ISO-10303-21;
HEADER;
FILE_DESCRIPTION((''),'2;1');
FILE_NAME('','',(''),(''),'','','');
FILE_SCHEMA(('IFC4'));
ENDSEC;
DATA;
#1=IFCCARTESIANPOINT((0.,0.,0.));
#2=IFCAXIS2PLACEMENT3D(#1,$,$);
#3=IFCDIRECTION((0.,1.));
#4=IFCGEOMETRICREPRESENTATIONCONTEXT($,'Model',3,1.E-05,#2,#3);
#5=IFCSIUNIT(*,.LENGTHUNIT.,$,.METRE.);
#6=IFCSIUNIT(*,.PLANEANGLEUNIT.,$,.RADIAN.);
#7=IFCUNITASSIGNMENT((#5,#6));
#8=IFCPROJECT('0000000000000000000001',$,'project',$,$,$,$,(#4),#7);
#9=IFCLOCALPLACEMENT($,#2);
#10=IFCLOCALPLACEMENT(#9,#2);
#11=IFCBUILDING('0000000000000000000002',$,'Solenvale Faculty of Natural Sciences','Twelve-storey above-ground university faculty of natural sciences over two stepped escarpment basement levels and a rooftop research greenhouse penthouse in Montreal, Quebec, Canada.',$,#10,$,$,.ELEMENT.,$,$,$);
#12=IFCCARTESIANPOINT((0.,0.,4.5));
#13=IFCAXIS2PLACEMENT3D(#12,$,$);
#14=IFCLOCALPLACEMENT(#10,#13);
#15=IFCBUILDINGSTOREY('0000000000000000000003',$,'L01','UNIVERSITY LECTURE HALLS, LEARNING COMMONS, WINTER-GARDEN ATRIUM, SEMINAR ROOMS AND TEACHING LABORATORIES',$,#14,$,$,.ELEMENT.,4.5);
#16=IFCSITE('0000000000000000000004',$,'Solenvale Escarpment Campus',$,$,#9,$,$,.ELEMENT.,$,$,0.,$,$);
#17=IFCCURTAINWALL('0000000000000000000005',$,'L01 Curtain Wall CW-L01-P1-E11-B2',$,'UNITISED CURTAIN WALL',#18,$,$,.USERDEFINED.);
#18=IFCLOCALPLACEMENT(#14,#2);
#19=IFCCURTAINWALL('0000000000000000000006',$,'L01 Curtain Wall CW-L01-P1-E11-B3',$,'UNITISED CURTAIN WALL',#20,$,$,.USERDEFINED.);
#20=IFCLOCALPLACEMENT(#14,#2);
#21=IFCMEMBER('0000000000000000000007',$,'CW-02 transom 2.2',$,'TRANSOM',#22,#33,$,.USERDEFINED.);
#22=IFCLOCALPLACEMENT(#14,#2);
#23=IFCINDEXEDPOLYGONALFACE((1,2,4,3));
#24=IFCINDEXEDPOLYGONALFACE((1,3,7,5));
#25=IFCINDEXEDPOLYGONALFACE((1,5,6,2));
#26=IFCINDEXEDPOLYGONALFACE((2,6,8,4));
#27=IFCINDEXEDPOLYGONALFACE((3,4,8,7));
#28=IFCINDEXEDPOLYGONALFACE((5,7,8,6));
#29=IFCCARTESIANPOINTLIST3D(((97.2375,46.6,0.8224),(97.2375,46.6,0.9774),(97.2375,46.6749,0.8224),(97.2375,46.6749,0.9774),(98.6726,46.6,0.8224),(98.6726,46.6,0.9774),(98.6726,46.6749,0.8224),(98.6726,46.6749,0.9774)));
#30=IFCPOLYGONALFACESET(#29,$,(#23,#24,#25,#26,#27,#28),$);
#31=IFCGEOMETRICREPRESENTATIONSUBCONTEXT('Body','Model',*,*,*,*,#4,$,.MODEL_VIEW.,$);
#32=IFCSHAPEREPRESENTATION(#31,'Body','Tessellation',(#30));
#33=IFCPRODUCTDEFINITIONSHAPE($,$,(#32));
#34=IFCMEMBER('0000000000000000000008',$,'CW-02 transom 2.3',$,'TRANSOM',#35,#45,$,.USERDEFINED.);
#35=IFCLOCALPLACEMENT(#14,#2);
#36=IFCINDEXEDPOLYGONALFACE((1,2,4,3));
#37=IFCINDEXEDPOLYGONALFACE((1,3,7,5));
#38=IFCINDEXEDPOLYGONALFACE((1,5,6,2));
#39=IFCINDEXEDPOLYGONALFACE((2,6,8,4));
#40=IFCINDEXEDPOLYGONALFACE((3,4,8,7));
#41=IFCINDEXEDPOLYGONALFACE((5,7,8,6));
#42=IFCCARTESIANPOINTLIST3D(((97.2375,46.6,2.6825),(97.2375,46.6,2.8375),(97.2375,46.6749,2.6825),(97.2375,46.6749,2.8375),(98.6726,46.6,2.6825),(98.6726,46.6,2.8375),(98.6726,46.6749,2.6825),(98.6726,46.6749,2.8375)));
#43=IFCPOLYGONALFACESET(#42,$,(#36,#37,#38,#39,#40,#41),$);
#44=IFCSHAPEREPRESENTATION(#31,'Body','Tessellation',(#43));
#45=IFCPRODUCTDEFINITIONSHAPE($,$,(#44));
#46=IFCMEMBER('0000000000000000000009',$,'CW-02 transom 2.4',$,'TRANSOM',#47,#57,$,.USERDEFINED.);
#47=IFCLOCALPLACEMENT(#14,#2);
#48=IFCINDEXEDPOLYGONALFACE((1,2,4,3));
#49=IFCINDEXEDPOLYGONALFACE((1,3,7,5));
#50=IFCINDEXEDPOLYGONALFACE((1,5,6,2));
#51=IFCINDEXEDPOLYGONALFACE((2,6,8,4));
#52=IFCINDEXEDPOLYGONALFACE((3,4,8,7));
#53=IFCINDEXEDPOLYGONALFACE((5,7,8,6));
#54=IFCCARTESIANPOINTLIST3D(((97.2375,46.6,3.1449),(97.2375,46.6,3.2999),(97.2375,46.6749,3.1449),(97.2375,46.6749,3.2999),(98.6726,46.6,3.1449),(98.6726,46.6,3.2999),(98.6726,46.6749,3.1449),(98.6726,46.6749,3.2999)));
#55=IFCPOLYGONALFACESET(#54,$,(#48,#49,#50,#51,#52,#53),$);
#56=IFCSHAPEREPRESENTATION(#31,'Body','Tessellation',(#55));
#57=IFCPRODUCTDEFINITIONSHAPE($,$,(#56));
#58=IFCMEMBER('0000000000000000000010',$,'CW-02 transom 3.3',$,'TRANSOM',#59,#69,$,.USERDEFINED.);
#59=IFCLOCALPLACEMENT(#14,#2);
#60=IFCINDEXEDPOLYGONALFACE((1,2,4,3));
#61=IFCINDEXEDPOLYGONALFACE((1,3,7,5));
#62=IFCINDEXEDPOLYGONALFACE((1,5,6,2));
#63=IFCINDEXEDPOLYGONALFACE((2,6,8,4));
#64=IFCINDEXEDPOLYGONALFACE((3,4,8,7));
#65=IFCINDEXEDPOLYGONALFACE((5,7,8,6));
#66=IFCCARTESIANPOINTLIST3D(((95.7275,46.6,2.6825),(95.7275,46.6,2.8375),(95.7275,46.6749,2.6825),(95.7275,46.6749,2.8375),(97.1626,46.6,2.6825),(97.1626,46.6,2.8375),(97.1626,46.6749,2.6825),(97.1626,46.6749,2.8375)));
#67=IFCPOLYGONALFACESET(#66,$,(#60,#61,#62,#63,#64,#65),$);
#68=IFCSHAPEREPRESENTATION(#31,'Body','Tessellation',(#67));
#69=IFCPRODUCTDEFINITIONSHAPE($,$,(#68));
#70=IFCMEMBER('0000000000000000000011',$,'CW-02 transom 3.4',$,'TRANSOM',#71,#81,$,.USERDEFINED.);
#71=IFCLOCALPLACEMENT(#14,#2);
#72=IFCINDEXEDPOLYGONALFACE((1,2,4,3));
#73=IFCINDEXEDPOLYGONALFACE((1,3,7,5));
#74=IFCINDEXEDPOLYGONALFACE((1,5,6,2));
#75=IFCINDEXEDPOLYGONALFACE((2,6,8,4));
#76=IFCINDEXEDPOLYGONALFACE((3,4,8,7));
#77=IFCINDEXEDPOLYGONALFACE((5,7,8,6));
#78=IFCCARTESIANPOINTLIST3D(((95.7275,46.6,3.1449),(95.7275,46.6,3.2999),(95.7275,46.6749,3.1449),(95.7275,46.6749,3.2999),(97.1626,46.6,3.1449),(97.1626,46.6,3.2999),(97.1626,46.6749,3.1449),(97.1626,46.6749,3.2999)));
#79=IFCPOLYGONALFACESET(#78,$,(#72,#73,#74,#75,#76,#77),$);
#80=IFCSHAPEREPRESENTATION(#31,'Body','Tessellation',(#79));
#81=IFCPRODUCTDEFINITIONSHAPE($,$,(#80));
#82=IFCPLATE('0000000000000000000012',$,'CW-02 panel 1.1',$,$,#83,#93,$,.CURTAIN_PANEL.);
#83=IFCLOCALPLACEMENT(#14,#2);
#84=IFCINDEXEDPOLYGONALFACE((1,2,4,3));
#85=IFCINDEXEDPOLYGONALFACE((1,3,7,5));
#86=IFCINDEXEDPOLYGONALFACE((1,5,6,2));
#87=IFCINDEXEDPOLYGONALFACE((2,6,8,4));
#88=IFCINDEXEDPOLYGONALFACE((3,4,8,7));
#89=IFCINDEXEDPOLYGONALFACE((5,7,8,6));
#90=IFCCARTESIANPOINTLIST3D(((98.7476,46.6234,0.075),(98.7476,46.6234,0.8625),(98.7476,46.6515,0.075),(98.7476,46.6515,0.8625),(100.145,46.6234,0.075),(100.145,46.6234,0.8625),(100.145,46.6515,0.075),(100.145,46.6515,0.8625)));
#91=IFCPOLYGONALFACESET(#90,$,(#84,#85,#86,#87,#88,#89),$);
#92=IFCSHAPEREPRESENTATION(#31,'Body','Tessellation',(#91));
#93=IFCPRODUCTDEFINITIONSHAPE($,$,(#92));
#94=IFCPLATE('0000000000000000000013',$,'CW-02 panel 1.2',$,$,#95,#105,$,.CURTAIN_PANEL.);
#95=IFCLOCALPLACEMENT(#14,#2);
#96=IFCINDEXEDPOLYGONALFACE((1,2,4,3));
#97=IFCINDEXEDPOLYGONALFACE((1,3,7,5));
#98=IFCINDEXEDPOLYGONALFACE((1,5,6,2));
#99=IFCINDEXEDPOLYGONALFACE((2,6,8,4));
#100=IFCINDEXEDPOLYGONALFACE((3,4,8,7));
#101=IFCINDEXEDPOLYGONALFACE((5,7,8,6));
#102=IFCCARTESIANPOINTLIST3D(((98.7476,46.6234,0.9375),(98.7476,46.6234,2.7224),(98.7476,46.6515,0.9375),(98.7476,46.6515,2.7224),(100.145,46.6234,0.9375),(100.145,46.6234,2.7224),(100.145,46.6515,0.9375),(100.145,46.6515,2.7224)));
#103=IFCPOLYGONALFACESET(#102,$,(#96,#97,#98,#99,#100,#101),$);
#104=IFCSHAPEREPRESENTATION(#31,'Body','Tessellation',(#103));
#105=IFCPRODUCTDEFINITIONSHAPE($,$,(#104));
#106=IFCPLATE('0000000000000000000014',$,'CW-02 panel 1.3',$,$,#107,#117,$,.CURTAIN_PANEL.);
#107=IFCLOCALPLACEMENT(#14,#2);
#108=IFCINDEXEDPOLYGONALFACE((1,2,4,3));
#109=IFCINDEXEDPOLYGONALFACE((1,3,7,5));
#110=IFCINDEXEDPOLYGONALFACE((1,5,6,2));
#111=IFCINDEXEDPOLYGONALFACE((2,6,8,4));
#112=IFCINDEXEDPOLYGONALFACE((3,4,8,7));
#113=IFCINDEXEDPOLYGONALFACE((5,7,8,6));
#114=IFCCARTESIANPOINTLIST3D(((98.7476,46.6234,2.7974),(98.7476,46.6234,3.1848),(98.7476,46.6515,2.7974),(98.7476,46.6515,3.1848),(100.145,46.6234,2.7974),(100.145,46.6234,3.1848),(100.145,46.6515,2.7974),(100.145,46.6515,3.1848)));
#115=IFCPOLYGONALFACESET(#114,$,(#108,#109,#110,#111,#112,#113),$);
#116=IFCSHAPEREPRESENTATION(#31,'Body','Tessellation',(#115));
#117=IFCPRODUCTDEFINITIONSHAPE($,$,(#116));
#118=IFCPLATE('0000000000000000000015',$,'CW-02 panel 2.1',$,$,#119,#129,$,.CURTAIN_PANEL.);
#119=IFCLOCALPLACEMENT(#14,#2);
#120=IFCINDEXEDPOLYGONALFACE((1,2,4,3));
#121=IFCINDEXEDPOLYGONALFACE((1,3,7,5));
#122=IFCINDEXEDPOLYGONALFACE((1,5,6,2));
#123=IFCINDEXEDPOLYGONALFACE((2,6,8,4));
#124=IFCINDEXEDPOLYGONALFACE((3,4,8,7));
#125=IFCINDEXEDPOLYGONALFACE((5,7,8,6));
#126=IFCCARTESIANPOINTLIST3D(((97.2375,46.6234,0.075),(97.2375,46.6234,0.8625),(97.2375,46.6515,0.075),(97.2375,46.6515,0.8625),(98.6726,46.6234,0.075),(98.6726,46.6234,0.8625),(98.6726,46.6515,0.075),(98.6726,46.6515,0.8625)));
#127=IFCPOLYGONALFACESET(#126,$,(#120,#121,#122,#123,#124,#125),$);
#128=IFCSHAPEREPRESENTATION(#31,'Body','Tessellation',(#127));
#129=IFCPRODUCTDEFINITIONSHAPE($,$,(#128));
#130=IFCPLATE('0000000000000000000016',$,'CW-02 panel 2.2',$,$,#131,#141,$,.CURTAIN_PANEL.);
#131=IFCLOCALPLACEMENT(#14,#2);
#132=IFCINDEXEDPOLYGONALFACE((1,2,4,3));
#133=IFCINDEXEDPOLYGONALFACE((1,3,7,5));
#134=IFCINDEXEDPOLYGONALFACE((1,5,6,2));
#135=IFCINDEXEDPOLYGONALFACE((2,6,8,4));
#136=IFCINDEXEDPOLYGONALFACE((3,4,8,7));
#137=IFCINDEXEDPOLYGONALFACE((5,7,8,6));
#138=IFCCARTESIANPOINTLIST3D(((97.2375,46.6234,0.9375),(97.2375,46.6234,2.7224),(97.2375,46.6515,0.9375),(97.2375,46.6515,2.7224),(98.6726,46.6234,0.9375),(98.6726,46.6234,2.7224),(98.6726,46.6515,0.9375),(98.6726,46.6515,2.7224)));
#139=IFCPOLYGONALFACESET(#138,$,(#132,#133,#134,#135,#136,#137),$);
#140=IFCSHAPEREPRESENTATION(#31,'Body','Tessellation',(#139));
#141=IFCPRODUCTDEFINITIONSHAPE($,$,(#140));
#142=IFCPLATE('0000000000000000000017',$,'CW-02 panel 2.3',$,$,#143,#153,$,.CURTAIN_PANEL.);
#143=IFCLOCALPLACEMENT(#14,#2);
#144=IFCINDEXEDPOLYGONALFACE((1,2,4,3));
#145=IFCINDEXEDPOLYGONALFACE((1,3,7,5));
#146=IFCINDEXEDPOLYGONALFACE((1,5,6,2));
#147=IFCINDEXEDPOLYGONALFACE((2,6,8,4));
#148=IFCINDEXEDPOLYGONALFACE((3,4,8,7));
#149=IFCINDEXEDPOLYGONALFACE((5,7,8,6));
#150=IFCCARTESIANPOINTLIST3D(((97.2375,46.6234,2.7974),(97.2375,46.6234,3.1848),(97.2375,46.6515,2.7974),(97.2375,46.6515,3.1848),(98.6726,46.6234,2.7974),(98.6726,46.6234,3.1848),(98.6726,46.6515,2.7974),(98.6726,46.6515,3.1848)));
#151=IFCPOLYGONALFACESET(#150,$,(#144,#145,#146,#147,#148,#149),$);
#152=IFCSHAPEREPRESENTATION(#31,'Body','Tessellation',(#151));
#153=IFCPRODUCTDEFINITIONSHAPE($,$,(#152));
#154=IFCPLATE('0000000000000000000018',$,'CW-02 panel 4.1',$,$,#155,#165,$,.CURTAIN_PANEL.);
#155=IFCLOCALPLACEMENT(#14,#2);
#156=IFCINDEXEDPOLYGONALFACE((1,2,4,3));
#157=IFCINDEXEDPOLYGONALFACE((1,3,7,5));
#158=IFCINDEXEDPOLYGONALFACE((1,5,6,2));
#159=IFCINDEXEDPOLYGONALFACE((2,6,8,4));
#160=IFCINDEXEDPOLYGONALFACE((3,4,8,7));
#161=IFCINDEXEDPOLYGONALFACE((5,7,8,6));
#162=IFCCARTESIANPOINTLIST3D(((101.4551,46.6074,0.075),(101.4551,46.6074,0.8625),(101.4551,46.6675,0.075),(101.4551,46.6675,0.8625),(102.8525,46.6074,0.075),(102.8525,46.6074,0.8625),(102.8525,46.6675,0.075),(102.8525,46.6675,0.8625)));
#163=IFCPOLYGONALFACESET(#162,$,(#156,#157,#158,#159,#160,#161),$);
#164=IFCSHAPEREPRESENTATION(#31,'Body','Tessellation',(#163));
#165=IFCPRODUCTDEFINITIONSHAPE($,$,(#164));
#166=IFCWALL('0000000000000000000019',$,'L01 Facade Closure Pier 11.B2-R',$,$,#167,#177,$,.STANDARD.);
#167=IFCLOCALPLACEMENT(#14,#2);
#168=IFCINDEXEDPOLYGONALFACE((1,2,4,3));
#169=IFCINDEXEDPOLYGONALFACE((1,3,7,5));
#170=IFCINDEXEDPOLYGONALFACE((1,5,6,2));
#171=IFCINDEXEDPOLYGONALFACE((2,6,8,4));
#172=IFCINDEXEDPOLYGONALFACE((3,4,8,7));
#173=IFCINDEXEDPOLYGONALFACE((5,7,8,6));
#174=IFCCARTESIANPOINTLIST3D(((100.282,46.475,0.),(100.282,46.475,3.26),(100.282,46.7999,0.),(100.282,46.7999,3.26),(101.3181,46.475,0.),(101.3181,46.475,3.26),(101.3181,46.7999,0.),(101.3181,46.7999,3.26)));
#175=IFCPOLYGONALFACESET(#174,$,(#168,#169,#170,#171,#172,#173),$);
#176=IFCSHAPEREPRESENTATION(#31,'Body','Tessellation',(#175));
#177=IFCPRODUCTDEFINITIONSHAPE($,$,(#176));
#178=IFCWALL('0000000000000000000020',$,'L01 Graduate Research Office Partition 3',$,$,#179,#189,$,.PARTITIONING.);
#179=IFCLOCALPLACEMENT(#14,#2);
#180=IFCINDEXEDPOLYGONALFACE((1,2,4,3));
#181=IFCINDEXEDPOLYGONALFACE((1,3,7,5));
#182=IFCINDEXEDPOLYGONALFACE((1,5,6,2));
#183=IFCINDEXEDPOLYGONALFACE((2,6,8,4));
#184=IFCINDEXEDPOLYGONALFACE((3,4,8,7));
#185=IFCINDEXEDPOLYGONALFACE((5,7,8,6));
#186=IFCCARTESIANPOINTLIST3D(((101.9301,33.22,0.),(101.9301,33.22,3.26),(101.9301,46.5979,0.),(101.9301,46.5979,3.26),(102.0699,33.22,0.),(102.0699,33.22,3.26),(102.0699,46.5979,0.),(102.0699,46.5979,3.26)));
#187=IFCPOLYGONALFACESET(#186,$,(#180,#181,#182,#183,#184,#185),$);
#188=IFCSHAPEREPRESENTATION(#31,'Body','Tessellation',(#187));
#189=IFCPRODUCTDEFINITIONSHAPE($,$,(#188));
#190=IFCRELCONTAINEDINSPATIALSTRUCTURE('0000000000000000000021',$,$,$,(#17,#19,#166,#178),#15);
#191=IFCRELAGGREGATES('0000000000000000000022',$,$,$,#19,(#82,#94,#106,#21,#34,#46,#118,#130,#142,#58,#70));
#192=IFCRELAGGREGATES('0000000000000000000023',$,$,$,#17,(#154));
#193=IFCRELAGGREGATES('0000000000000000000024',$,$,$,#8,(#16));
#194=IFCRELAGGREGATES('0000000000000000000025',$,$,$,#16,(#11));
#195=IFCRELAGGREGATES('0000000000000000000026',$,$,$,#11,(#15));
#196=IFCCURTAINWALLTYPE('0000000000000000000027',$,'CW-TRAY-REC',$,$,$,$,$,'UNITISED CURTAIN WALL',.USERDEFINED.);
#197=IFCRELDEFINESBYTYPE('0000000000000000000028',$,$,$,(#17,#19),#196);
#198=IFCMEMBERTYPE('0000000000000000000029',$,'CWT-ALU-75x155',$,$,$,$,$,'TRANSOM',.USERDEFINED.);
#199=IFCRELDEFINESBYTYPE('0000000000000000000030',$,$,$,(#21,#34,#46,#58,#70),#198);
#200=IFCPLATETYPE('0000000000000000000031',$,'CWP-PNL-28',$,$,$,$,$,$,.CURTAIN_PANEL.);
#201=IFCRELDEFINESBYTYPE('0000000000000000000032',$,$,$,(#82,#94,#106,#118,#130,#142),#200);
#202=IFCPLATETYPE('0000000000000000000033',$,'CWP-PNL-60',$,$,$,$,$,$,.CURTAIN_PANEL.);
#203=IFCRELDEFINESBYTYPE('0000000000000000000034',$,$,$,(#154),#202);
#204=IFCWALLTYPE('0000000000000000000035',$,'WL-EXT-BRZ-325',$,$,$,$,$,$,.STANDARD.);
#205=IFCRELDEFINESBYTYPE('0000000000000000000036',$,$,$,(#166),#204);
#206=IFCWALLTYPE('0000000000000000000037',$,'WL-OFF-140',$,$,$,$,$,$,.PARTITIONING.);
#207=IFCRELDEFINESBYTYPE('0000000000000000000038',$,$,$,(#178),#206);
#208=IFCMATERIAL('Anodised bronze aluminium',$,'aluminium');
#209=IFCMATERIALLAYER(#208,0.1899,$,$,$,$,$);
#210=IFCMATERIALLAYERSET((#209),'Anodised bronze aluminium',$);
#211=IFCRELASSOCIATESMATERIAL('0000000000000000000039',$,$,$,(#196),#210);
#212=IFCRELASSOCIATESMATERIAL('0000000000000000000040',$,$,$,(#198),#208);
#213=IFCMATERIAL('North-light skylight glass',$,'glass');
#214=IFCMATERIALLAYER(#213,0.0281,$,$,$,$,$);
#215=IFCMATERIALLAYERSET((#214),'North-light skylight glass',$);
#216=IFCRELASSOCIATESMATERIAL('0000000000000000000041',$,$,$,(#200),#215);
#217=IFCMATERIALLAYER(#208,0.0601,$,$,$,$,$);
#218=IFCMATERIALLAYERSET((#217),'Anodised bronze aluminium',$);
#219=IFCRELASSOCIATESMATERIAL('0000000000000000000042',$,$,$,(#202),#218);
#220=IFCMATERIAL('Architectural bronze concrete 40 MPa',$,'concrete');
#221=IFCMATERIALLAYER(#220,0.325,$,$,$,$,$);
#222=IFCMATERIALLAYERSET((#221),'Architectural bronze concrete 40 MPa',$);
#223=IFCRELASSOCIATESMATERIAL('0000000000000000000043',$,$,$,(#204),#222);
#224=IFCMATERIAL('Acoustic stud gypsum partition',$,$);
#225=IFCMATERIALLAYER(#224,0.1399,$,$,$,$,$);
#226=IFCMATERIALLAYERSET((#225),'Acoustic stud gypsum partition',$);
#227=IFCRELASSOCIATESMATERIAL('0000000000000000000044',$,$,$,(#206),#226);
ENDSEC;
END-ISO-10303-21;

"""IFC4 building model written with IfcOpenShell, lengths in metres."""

from ifc_helpers import new_model, si_unit, direction, frame, frame_2d, origin, origin_2d, place, context, subcontext, project, spatial, rectangle, extrude, material, layer, layer_set, material_profile, profile_set, type_object, element, aggregate, save


model = new_model("IFC4")

# Units and contexts
model_context = context("Model", 3, precision=1e-05, world=origin(), true_north=direction((0.0, 1.0)))
body_context = subcontext(model_context, "Body", "Model", "MODEL_VIEW")
ifc_project = project(units=[si_unit("LENGTHUNIT", "METRE"), si_unit("PLANEANGLEUNIT", "RADIAN")], contexts=[model_context])

# Site, building, storey
site_placement = place(None, origin())
site = spatial("IfcSite", under=ifc_project, at=site_placement, Name="Solenvale Escarpment Campus", CompositionType="ELEMENT", RefElevation=0.0)
building_placement = place(site_placement, origin())
building = spatial("IfcBuilding", under=site, at=building_placement, Name="Solenvale Faculty of Natural Sciences", Description="Twelve-storey above-ground university faculty of natural sciences over two stepped escarpment basement levels and a rooftop research greenhouse penthouse in Montreal, Quebec, Canada.", CompositionType="ELEMENT")
storey_placement = place(building_placement, frame((0.0, 0.0, 4.5)))
storey = spatial("IfcBuildingStorey", under=building, at=storey_placement, Name="L01", Description="UNIVERSITY LECTURE HALLS, LEARNING COMMONS, WINTER-GARDEN ATRIUM, SEMINAR ROOMS AND TEACHING LABORATORIES", CompositionType="ELEMENT", Elevation=4.5)

# Curtain wall
ifc_material_1 = material(Name="Anodised bronze aluminium", Category="aluminium")
ifc_layer_1 = layer(ifc_material_1, 0.1899)
ifc_layer_set_1 = layer_set([ifc_layer_1], Name="Anodised bronze aluminium")
curtain_wall_type = type_object("IfcCurtainWallType", Name="CW-TRAY-REC", ElementType="UNITISED CURTAIN WALL", PredefinedType="USERDEFINED", material=ifc_layer_set_1)
curtain_wall_1_placement = place(storey_placement, origin())
curtain_wall_1 = element("IfcCurtainWall", 1, at=curtain_wall_1_placement, inside=storey, type_object=curtain_wall_type, Name="L01 Curtain Wall CW-L01-P1-E11-B2", ObjectType="UNITISED CURTAIN WALL", PredefinedType="USERDEFINED")

# Curtain wall, members, plates
curtain_wall_2_placement = place(storey_placement, origin())
curtain_wall_2 = element("IfcCurtainWall", 2, at=curtain_wall_2_placement, inside=storey, type_object=curtain_wall_type, Name="L01 Curtain Wall CW-L01-P1-E11-B3", ObjectType="UNITISED CURTAIN WALL", PredefinedType="USERDEFINED")
ifc_material_profile_1 = material_profile(ifc_material_1, rectangle(XDim=0.075, YDim=0.155, at=origin_2d()), Name="ALU-TRN-75x155")
ifc_profile_set_1 = profile_set([ifc_material_profile_1], Name="Anodised bronze aluminium")
member_type_1 = type_object("IfcMemberType", Name="CWT-ALU-75x155", ElementType="TRANSOM", PredefinedType="USERDEFINED", material=ifc_profile_set_1)
member_1_placement = place(storey_placement, frame((98.6726, 46.6375, 0.8999), z_axis=(-1.0, 0.0, 0.0), x_axis=(0.0, -1.0, 0.0)))
member_1 = element("IfcMember", 3, at=member_1_placement, type_object=member_type_1, Name="CW-02 transom 2.2", ObjectType="TRANSOM", PredefinedType="USERDEFINED", context=body_context, shape_type="SweptSolid", body=[
    extrude(rectangle(XDim=0.075, YDim=0.155, at=origin_2d()), origin(), (0.0, 0.0, 1.0), 1.4351),
])
member_2_placement = place(storey_placement, frame((98.6726, 46.6375, 2.76), z_axis=(-1.0, 0.0, 0.0), x_axis=(0.0, -1.0, 0.0)))
member_2 = element("IfcMember", 4, at=member_2_placement, type_object=member_type_1, Name="CW-02 transom 2.3", ObjectType="TRANSOM", PredefinedType="USERDEFINED", context=body_context, shape_type="SweptSolid", body=[
    extrude(rectangle(XDim=0.075, YDim=0.155, at=origin_2d()), origin(), (0.0, 0.0, 1.0), 1.4351),
])
member_3_placement = place(storey_placement, frame((98.6726, 46.6375, 3.2224), z_axis=(-1.0, 0.0, 0.0), x_axis=(0.0, -1.0, 0.0)))
member_3 = element("IfcMember", 5, at=member_3_placement, type_object=member_type_1, Name="CW-02 transom 2.4", ObjectType="TRANSOM", PredefinedType="USERDEFINED", context=body_context, shape_type="SweptSolid", body=[
    extrude(rectangle(XDim=0.075, YDim=0.155, at=origin_2d()), origin(), (0.0, 0.0, 1.0), 1.4351),
])
member_4_placement = place(storey_placement, frame((97.1626, 46.6375, 2.76), z_axis=(-1.0, 0.0, 0.0), x_axis=(0.0, -1.0, 0.0)))
member_4 = element("IfcMember", 6, at=member_4_placement, type_object=member_type_1, Name="CW-02 transom 3.3", ObjectType="TRANSOM", PredefinedType="USERDEFINED", context=body_context, shape_type="SweptSolid", body=[
    extrude(rectangle(XDim=0.075, YDim=0.155, at=origin_2d()), origin(), (0.0, 0.0, 1.0), 1.4351),
])
member_5_placement = place(storey_placement, frame((97.1626, 46.6375, 3.2224), z_axis=(-1.0, 0.0, 0.0), x_axis=(0.0, -1.0, 0.0)))
member_5 = element("IfcMember", 7, at=member_5_placement, type_object=member_type_1, Name="CW-02 transom 3.4", ObjectType="TRANSOM", PredefinedType="USERDEFINED", context=body_context, shape_type="SweptSolid", body=[
    extrude(rectangle(XDim=0.075, YDim=0.155, at=origin_2d()), origin(), (0.0, 0.0, 1.0), 1.4351),
])
ifc_material_2 = material(Name="North-light skylight glass", Category="glass")
ifc_layer_2 = layer(ifc_material_2, 0.0281)
ifc_layer_set_2 = layer_set([ifc_layer_2], Name="North-light skylight glass")
plate_type_1 = type_object("IfcPlateType", Name="CWP-PNL-28", PredefinedType="CURTAIN_PANEL", material=ifc_layer_set_2)
plate_1_placement = place(storey_placement, frame((99.4463, 46.6375, 0.075), z_axis=(0.0, 0.0, 1.0), x_axis=(-1.0, 0.0, 0.0)))
plate_1 = element("IfcPlate", 8, at=plate_1_placement, type_object=plate_type_1, Name="CW-02 panel 1.1", PredefinedType="CURTAIN_PANEL", context=body_context, shape_type="SweptSolid", body=[
    extrude(rectangle(XDim=1.3975, YDim=0.0281, at=origin_2d()), origin(), (0.0, 0.0, 1.0), 0.7876),
])
plate_2_placement = place(storey_placement, frame((99.4463, 46.6375, 0.9375), z_axis=(0.0, 0.0, 1.0), x_axis=(-1.0, 0.0, 0.0)))
plate_2 = element("IfcPlate", 9, at=plate_2_placement, type_object=plate_type_1, Name="CW-02 panel 1.2", PredefinedType="CURTAIN_PANEL", context=body_context, shape_type="SweptSolid", body=[
    extrude(rectangle(XDim=1.3975, YDim=0.0281, at=origin_2d()), origin(), (0.0, 0.0, 1.0), 1.7849),
])
plate_3_placement = place(storey_placement, frame((99.4463, 46.6375, 2.7974), z_axis=(0.0, 0.0, 1.0), x_axis=(-1.0, 0.0, 0.0)))
plate_3 = element("IfcPlate", 10, at=plate_3_placement, type_object=plate_type_1, Name="CW-02 panel 1.3", PredefinedType="CURTAIN_PANEL", context=body_context, shape_type="SweptSolid", body=[
    extrude(rectangle(XDim=1.3975, YDim=0.0281, at=origin_2d()), origin(), (0.0, 0.0, 1.0), 0.3875),
])
plate_4_placement = place(storey_placement, frame((97.9551, 46.6375, 0.075), z_axis=(0.0, 0.0, 1.0), x_axis=(-1.0, 0.0, 0.0)))
plate_4 = element("IfcPlate", 11, at=plate_4_placement, type_object=plate_type_1, Name="CW-02 panel 2.1", PredefinedType="CURTAIN_PANEL", context=body_context, shape_type="SweptSolid", body=[
    extrude(rectangle(XDim=1.4351, YDim=0.0281, at=origin_2d()), origin(), (0.0, 0.0, 1.0), 0.7876),
])
plate_5_placement = place(storey_placement, frame((97.9551, 46.6375, 0.9375), z_axis=(0.0, 0.0, 1.0), x_axis=(-1.0, 0.0, 0.0)))
plate_5 = element("IfcPlate", 12, at=plate_5_placement, type_object=plate_type_1, Name="CW-02 panel 2.2", PredefinedType="CURTAIN_PANEL", context=body_context, shape_type="SweptSolid", body=[
    extrude(rectangle(XDim=1.4351, YDim=0.0281, at=origin_2d()), origin(), (0.0, 0.0, 1.0), 1.7849),
])
plate_6_placement = place(storey_placement, frame((97.9551, 46.6375, 2.7974), z_axis=(0.0, 0.0, 1.0), x_axis=(-1.0, 0.0, 0.0)))
plate_6 = element("IfcPlate", 13, at=plate_6_placement, type_object=plate_type_1, Name="CW-02 panel 2.3", PredefinedType="CURTAIN_PANEL", context=body_context, shape_type="SweptSolid", body=[
    extrude(rectangle(XDim=1.4351, YDim=0.0281, at=origin_2d()), origin(), (0.0, 0.0, 1.0), 0.3875),
])
aggregate(curtain_wall_2, [plate_1, plate_2, plate_3, member_1, member_2, member_3, plate_4, plate_5, plate_6, member_4, member_5])

# Plate
ifc_layer_3 = layer(ifc_material_1, 0.0601)
ifc_layer_set_3 = layer_set([ifc_layer_3], Name="Anodised bronze aluminium")
plate_type_2 = type_object("IfcPlateType", Name="CWP-PNL-60", PredefinedType="CURTAIN_PANEL", material=ifc_layer_set_3)
plate_7_placement = place(storey_placement, frame((102.1538, 46.6375, 0.075), z_axis=(0.0, 0.0, 1.0), x_axis=(-1.0, 0.0, 0.0)))
plate_7 = element("IfcPlate", 14, at=plate_7_placement, type_object=plate_type_2, Name="CW-02 panel 4.1", PredefinedType="CURTAIN_PANEL", context=body_context, shape_type="SweptSolid", body=[
    extrude(rectangle(XDim=1.3975, YDim=0.0601, at=origin_2d()), origin(), (0.0, 0.0, 1.0), 0.7876),
])
aggregate(curtain_wall_1, [plate_7])

# Walls
ifc_material_3 = material(Name="Architectural bronze concrete 40 MPa", Category="concrete")
ifc_layer_4 = layer(ifc_material_3, 0.325)
ifc_layer_set_4 = layer_set([ifc_layer_4], Name="Architectural bronze concrete 40 MPa")
wall_type_1 = type_object("IfcWallType", Name="WL-EXT-BRZ-325", PredefinedType="STANDARD", material=ifc_layer_set_4)
wall_1_placement = place(storey_placement, frame((101.3181, 46.6375, 0.0), z_axis=(0.0, 0.0, 1.0), x_axis=(-1.0, 0.0, 0.0)))
element("IfcWall", 15, at=wall_1_placement, inside=storey, type_object=wall_type_1, Name="L01 Facade Closure Pier 11.B2-R", PredefinedType="STANDARD", context=body_context, shape_type="SweptSolid", body=[
    extrude(rectangle(XDim=1.0361, YDim=0.325, at=frame_2d((0.5181, 0.0))), origin(), (0.0, 0.0, 1.0), 3.26),
])
ifc_material_4 = material(Name="Acoustic stud gypsum partition")
ifc_layer_5 = layer(ifc_material_4, 0.1399)
ifc_layer_set_5 = layer_set([ifc_layer_5], Name="Acoustic stud gypsum partition")
wall_type_2 = type_object("IfcWallType", Name="WL-OFF-140", PredefinedType="PARTITIONING", material=ifc_layer_set_5)
wall_2_placement = place(storey_placement, frame((102.0, 46.5979, 0.0), z_axis=(0.0, 0.0, 1.0), x_axis=(0.0, -1.0, 0.0)))
element("IfcWall", 16, at=wall_2_placement, inside=storey, type_object=wall_type_2, Name="L01 Graduate Research Office Partition 3", PredefinedType="PARTITIONING", context=body_context, shape_type="SweptSolid", body=[
    extrude(rectangle(XDim=13.3779, YDim=0.1399, at=frame_2d((6.689, 0.0))), origin(), (0.0, 0.0, 1.0), 3.26),
])

save(model, "model.ifc")
